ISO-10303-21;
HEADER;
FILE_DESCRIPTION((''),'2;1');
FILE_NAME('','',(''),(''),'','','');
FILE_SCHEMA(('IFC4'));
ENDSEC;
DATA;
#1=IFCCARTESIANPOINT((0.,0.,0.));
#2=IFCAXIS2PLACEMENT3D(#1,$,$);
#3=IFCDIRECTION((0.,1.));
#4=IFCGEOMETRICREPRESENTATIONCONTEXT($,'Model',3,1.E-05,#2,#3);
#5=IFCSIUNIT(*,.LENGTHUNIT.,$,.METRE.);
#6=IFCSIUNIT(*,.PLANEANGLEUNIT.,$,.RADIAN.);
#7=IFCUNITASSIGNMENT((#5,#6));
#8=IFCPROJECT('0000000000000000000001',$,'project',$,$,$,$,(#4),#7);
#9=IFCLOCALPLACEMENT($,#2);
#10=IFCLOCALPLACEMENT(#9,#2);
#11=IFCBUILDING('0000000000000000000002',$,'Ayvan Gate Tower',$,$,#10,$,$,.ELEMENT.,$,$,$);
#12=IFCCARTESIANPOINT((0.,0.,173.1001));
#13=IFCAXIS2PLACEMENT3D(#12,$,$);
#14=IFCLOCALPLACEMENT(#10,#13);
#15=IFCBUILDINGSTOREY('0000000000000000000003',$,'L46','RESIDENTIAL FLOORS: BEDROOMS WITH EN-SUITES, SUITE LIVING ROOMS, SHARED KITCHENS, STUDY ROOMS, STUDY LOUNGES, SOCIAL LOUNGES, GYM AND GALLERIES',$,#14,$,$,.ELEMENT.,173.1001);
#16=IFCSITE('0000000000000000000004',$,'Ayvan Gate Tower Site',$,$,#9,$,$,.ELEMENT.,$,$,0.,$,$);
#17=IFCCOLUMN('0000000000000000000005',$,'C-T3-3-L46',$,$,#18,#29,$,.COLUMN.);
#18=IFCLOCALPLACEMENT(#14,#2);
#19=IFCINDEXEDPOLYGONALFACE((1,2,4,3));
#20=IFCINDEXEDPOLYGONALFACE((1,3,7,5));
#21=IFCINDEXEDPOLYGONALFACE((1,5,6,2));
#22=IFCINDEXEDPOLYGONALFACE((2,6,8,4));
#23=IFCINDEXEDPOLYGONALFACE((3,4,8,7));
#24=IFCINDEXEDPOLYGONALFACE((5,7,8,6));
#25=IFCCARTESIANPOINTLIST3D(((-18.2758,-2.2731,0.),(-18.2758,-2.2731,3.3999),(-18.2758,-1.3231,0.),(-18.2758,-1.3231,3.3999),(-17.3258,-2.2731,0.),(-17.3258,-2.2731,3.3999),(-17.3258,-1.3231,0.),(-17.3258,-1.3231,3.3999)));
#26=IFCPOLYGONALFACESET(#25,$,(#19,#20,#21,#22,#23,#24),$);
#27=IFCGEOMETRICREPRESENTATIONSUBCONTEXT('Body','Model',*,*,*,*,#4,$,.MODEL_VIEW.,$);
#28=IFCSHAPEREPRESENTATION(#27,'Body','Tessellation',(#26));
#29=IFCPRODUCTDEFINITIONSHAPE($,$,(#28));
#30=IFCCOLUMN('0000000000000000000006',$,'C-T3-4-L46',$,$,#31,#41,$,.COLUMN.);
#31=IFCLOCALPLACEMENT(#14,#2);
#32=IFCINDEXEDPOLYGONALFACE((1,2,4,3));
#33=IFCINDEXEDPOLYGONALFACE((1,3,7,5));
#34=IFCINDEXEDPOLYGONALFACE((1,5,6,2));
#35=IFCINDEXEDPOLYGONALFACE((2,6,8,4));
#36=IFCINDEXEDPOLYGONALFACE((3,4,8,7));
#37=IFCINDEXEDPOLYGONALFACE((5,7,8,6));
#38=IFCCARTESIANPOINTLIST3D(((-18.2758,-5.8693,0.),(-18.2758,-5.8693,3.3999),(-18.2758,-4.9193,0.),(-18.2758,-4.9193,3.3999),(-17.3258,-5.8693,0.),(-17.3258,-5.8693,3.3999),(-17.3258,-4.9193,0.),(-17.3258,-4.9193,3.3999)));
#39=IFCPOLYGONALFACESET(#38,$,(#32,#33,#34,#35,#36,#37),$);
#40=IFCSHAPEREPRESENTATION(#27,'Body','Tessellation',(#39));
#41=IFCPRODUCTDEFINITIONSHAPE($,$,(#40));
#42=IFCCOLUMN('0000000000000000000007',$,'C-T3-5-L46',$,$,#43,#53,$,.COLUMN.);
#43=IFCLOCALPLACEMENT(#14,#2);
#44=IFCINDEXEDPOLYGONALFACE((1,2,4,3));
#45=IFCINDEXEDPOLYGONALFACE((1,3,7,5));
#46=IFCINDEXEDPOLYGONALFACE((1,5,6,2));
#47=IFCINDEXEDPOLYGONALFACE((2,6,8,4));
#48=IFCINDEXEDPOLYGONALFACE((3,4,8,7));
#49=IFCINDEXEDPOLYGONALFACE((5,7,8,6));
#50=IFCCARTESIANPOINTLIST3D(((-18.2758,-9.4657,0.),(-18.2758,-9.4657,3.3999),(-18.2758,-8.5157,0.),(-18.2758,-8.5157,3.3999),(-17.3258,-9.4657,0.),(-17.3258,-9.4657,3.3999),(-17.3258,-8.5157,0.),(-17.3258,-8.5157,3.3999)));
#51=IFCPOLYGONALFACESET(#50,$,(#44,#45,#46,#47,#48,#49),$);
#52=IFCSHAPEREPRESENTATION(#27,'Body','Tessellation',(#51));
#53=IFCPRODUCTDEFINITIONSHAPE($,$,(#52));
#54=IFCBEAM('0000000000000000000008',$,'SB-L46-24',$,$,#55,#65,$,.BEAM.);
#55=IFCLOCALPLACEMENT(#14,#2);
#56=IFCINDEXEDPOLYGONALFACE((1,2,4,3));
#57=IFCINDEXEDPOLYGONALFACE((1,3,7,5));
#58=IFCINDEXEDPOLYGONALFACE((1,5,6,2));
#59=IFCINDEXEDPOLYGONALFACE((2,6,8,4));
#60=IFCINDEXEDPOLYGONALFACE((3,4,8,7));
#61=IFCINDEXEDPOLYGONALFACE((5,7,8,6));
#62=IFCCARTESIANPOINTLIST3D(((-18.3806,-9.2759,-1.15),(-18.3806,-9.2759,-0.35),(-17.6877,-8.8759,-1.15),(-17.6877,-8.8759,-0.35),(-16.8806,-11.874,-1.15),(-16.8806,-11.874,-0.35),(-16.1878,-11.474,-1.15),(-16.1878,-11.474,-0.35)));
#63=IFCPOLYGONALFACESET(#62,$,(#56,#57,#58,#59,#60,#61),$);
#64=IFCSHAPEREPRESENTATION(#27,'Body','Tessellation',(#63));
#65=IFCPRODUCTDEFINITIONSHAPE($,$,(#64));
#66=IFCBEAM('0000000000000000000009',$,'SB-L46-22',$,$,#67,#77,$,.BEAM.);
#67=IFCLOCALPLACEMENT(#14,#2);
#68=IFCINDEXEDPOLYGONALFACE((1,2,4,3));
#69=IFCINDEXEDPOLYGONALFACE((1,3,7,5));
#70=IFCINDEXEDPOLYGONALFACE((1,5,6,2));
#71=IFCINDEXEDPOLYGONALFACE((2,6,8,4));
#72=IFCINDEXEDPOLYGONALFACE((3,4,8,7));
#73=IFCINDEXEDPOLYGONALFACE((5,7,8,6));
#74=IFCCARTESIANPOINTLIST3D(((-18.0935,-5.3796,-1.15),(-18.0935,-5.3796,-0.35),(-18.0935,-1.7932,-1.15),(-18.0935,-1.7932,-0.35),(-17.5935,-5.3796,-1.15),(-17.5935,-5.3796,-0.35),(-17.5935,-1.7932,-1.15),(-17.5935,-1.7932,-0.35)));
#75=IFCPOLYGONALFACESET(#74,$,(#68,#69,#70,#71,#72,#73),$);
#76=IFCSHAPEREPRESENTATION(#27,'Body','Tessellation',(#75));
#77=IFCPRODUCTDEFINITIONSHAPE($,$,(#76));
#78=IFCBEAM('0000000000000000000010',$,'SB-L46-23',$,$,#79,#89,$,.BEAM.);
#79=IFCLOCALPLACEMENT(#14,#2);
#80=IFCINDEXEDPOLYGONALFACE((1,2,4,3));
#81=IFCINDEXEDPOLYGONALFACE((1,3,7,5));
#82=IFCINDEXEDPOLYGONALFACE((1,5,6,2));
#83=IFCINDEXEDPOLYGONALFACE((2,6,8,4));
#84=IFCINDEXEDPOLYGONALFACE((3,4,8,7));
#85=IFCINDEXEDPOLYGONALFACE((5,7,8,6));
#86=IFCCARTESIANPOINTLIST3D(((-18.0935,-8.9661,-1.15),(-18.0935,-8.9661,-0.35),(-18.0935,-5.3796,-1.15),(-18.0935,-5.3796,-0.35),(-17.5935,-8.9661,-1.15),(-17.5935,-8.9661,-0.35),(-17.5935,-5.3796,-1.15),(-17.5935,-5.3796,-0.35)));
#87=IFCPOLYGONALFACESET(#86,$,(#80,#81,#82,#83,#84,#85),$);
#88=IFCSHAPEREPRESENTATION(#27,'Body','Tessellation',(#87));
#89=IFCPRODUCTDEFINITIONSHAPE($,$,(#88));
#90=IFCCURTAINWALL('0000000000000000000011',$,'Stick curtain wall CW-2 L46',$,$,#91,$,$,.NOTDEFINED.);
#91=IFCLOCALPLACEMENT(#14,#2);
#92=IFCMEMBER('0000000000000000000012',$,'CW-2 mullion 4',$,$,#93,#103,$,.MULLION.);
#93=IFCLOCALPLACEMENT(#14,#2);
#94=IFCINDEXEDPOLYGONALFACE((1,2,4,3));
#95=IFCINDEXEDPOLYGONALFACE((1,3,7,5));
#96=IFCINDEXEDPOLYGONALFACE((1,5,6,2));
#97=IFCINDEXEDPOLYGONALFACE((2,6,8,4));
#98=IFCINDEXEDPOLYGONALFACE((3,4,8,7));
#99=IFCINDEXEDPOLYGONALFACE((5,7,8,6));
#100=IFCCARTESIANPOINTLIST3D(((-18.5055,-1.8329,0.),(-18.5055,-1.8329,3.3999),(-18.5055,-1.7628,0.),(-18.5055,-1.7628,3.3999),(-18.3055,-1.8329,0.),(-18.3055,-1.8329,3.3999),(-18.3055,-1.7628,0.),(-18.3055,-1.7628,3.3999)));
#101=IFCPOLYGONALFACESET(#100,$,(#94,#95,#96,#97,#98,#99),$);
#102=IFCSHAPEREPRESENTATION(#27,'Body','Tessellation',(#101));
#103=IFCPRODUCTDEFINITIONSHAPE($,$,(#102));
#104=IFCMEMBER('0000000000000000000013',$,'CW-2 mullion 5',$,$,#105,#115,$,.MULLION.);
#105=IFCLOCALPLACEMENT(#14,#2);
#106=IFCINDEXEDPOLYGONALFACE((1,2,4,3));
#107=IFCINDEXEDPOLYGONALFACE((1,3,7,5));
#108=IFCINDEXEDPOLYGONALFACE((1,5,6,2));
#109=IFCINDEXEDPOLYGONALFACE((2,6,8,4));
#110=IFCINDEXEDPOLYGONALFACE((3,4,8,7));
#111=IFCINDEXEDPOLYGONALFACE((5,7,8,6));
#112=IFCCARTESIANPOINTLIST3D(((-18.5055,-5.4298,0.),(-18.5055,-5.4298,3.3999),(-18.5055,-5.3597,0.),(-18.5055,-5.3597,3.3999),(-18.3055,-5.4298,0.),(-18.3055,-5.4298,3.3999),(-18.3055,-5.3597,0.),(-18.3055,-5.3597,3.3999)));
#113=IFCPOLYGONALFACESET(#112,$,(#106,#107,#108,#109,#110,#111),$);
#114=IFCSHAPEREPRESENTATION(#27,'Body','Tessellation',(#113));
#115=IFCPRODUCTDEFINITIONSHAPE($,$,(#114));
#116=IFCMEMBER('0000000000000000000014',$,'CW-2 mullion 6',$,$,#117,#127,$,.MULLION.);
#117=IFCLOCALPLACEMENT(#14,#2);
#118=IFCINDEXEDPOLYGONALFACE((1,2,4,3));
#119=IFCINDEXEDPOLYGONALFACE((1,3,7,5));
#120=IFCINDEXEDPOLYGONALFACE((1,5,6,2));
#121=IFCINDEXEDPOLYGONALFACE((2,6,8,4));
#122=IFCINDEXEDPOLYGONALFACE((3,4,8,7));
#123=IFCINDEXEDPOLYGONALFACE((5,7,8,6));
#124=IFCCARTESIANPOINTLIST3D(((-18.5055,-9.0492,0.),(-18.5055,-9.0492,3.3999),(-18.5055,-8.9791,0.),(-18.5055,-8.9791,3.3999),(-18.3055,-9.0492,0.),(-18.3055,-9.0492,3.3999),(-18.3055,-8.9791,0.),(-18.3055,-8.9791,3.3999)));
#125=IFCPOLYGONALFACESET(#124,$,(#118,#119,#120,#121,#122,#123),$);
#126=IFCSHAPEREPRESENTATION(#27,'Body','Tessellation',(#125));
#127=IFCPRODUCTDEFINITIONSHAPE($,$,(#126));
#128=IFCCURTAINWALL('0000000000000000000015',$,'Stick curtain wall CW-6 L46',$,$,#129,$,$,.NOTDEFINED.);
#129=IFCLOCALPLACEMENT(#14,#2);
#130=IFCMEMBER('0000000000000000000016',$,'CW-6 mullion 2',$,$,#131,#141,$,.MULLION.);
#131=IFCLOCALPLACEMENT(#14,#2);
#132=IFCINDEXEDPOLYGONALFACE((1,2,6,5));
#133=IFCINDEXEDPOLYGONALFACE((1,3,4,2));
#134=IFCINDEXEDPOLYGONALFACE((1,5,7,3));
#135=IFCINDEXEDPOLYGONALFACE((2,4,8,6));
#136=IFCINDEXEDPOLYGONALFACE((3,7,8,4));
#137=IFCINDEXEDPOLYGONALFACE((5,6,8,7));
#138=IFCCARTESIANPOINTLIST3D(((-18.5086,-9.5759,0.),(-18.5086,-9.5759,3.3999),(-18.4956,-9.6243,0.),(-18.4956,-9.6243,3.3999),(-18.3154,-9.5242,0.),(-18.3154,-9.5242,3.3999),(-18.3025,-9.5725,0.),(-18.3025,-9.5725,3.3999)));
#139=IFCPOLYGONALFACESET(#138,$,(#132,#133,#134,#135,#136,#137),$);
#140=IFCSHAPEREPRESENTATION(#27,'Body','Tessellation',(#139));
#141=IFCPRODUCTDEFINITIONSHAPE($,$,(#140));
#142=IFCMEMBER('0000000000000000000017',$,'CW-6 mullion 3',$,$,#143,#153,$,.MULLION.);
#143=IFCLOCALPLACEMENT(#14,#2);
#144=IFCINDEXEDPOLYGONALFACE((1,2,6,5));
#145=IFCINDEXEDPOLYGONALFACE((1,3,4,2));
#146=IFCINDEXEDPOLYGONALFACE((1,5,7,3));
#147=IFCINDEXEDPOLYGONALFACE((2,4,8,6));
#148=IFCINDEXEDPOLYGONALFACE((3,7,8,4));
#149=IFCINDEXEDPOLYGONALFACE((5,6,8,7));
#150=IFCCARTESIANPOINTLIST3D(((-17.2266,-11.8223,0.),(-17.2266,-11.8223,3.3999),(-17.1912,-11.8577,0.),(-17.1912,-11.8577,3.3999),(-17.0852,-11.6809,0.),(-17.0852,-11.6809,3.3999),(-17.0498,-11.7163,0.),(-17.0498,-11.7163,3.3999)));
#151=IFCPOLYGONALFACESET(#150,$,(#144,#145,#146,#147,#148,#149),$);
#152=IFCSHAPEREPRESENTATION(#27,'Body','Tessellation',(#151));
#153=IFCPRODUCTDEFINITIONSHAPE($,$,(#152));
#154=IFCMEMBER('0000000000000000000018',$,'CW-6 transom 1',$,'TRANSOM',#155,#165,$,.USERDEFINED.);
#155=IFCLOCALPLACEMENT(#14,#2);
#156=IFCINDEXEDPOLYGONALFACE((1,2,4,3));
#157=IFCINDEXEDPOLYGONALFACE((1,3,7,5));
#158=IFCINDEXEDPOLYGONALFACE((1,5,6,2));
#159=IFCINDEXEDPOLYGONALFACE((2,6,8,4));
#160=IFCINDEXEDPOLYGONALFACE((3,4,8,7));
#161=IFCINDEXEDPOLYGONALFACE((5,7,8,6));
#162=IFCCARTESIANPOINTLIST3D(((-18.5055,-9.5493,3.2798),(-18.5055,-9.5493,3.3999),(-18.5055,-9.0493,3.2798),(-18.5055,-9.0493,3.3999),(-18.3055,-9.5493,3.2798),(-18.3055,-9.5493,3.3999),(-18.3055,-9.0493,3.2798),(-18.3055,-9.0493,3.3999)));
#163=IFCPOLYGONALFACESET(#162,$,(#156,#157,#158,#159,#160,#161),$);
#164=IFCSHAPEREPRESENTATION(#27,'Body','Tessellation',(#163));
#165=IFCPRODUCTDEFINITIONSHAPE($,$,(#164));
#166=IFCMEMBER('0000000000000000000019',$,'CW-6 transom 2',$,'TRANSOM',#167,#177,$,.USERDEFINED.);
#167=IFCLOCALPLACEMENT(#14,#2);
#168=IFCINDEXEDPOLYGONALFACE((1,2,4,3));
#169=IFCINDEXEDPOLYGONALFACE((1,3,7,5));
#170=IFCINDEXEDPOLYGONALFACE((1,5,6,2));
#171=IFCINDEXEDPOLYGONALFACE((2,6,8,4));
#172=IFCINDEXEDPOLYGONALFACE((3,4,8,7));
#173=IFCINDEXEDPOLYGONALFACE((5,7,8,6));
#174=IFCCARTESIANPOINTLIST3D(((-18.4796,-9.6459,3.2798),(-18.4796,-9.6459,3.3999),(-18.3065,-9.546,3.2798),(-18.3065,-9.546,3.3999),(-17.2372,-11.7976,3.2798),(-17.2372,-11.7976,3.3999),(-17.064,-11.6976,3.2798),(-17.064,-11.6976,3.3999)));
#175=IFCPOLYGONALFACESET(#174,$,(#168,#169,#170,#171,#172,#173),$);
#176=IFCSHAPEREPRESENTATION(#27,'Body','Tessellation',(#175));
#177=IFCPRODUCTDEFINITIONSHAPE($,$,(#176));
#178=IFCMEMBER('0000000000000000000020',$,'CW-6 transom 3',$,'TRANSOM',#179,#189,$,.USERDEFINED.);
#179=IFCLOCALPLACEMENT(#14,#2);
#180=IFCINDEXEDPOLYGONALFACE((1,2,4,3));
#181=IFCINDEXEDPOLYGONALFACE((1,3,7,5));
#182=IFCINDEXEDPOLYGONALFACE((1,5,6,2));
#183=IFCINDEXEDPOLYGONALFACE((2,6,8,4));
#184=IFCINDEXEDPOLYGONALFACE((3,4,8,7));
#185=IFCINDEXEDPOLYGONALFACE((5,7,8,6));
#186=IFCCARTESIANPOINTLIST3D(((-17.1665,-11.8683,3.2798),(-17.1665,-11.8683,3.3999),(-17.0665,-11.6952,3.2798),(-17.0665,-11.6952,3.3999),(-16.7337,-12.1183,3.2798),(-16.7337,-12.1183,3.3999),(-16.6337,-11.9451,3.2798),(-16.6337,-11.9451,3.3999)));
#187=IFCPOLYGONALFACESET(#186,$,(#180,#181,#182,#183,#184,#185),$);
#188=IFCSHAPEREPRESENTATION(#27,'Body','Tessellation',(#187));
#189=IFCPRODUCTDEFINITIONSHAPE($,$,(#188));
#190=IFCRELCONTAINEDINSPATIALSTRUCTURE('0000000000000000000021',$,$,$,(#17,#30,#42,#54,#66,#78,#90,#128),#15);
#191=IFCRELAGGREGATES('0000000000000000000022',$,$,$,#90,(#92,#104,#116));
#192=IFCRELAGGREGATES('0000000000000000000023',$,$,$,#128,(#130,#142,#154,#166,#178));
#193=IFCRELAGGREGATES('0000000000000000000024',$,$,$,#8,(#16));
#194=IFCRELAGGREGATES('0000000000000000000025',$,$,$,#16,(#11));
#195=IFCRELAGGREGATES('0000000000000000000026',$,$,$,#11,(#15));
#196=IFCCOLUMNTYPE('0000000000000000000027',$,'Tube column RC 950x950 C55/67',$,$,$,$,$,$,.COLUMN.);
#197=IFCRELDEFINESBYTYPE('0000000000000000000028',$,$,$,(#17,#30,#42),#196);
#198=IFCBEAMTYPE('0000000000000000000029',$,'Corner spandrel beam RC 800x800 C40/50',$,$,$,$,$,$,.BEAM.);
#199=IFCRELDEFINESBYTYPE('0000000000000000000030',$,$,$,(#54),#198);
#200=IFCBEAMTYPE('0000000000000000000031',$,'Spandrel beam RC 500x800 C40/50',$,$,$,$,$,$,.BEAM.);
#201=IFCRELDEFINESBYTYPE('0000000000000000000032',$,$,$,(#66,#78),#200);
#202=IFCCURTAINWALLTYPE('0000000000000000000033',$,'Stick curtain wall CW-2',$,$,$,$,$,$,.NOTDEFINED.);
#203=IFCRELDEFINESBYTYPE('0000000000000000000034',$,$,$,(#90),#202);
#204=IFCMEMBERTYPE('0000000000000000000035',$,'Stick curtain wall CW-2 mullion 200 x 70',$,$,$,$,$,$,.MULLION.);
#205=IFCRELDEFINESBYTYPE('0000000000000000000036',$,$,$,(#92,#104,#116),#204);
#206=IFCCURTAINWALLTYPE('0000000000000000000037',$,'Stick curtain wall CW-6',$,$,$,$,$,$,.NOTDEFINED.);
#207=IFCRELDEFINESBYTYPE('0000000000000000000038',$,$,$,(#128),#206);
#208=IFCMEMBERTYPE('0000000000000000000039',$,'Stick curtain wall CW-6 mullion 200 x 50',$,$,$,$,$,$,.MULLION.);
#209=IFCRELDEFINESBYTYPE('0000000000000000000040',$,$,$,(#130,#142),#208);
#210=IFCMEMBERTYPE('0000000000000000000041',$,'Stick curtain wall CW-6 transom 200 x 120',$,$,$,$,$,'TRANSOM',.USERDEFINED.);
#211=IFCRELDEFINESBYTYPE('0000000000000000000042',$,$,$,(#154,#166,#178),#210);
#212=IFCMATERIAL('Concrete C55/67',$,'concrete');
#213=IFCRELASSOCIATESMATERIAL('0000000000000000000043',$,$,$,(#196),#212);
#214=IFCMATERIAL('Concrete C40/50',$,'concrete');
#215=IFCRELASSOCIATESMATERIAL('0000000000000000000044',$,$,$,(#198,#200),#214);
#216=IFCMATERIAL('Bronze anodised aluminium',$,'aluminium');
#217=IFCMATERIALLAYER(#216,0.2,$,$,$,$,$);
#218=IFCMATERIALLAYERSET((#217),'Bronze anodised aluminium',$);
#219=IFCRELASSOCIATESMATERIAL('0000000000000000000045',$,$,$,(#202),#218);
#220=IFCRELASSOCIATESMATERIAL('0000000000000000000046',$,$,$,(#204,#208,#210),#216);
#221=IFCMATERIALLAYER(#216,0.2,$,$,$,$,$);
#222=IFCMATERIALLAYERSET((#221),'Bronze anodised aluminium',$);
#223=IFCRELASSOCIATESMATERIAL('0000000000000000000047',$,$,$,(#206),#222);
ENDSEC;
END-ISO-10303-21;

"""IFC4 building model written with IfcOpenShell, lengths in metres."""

from ifc_helpers import new_model, si_unit, direction, frame, origin, origin_2d, place, context, subcontext, project, spatial, rectangle, extrude, material, layer, layer_set, material_profile, profile_set, type_object, element, aggregate, save


model = new_model("IFC4")

# Units and contexts
model_context = context("Model", 3, precision=1e-05, world=origin(), true_north=direction((0.0, 1.0)))
body_context = subcontext(model_context, "Body", "Model", "MODEL_VIEW")
ifc_project = project(units=[si_unit("LENGTHUNIT", "METRE"), si_unit("PLANEANGLEUNIT", "RADIAN")], contexts=[model_context])

# Site, building, storey
site_placement = place(None, origin())
site = spatial("IfcSite", under=ifc_project, at=site_placement, Name="Ayvan Gate Tower Site", CompositionType="ELEMENT", RefElevation=0.0)
building_placement = place(site_placement, origin())
building = spatial("IfcBuilding", under=site, at=building_placement, Name="Ayvan Gate Tower", CompositionType="ELEMENT")
storey_placement = place(building_placement, frame((0.0, 0.0, 173.1001)))
storey = spatial("IfcBuildingStorey", under=building, at=storey_placement, Name="L46", Description="RESIDENTIAL FLOORS: BEDROOMS WITH EN-SUITES, SUITE LIVING ROOMS, SHARED KITCHENS, STUDY ROOMS, STUDY LOUNGES, SOCIAL LOUNGES, GYM AND GALLERIES", CompositionType="ELEMENT", Elevation=173.1001)

# Columns
ifc_material_1 = material(Name="Concrete C55/67", Category="concrete")
ifc_material_profile_1 = material_profile(ifc_material_1, rectangle(XDim=0.95, YDim=0.95, at=origin_2d()), Name="RC 950x950")
ifc_profile_set_1 = profile_set([ifc_material_profile_1], Name="Concrete C55/67")
column_type = type_object("IfcColumnType", Name="Tube column RC 950x950 C55/67", PredefinedType="COLUMN", material=ifc_profile_set_1)
for number, where, z_axis, x_axis, name in (
    (1, (-17.8008, -1.7981, 0.0), (0.0, 0.0, 1.0), (-1.0, 0.0, 0.0), "C-T3-3-L46"),
    (2, (-17.8008, -5.3943, 0.0), (0.0, 0.0, 1.0), (-1.0, 0.0, 0.0), "C-T3-4-L46"),
    (3, (-17.8008, -8.9907, 0.0), (0.0, 0.0, 1.0), (-1.0, 0.0, 0.0), "C-T3-5-L46"),
):
    element("IfcColumn", number, at=place(storey_placement, frame(where, z_axis=z_axis, x_axis=x_axis)), inside=storey, type_object=column_type, Name=name, PredefinedType="COLUMN", context=body_context, shape_type="SweptSolid", body=[
        extrude(rectangle(XDim=0.95, YDim=0.95, at=origin_2d()), origin(), (0.0, 0.0, 1.0), 3.3999),
    ])

# Beams
ifc_material_2 = material(Name="Concrete C40/50", Category="concrete")
ifc_material_profile_2 = material_profile(ifc_material_2, rectangle(XDim=0.8, YDim=0.8, at=origin_2d()), Name="RC 800x800")
ifc_profile_set_2 = profile_set([ifc_material_profile_2], Name="Concrete C40/50")
beam_type_1 = type_object("IfcBeamType", Name="Corner spandrel beam RC 800x800 C40/50", PredefinedType="BEAM", material=ifc_profile_set_2)
beam_placement = place(storey_placement, frame((-18.0342, -9.0759, -0.75), z_axis=(0.49999, -0.866031, 0.0), x_axis=(0.866031, 0.49999, 0.0)))
element("IfcBeam", 4, at=beam_placement, inside=storey, type_object=beam_type_1, Name="SB-L46-24", PredefinedType="BEAM", context=body_context, shape_type="SweptSolid", body=[
    extrude(rectangle(XDim=0.8, YDim=0.8, at=origin_2d()), origin(), (0.0, 0.0, 1.0), 3.0),
])
ifc_material_profile_3 = material_profile(ifc_material_2, rectangle(XDim=0.5, YDim=0.8, at=origin_2d()), Name="RC 500x800")
ifc_profile_set_3 = profile_set([ifc_material_profile_3], Name="Concrete C40/50")
beam_type_2 = type_object("IfcBeamType", Name="Spandrel beam RC 500x800 C40/50", PredefinedType="BEAM", material=ifc_profile_set_3)
for number, where, z_axis, x_axis, name in (
    (5, (-17.8435, -1.7932, -0.75), (0.0, -1.0, 0.0), (1.0, 0.0, 0.0), "SB-L46-22"),
    (6, (-17.8435, -5.3796, -0.75), (0.0, -1.0, 0.0), (1.0, 0.0, 0.0), "SB-L46-23"),
):
    element("IfcBeam", number, at=place(storey_placement, frame(where, z_axis=z_axis, x_axis=x_axis)), inside=storey, type_object=beam_type_2, Name=name, PredefinedType="BEAM", context=body_context, shape_type="SweptSolid", body=[
        extrude(rectangle(XDim=0.5, YDim=0.8, at=origin_2d()), origin(), (0.0, 0.0, 1.0), 3.5864),
    ])

# Curtain walls, members
ifc_material_3 = material(Name="Bronze anodised aluminium", Category="aluminium")
ifc_layer_1 = layer(ifc_material_3, 0.2)
ifc_layer_set_1 = layer_set([ifc_layer_1], Name="Bronze anodised aluminium")
curtain_wall_type_1 = type_object("IfcCurtainWallType", Name="Stick curtain wall CW-2", PredefinedType="NOTDEFINED", material=ifc_layer_set_1)
curtain_wall_1_placement = place(storey_placement, origin())
curtain_wall_1 = element("IfcCurtainWall", 7, at=curtain_wall_1_placement, inside=storey, type_object=curtain_wall_type_1, Name="Stick curtain wall CW-2 L46", PredefinedType="NOTDEFINED")
ifc_material_profile_4 = material_profile(ifc_material_3, rectangle(XDim=0.2, YDim=0.0701, at=origin_2d()), Name="Stick curtain wall CW-2 mullion 200 x 70")
ifc_profile_set_4 = profile_set([ifc_material_profile_4], Name="Bronze anodised aluminium")
member_type_1 = type_object("IfcMemberType", Name="Stick curtain wall CW-2 mullion 200 x 70", PredefinedType="MULLION", material=ifc_profile_set_4)
member_1_placement = place(storey_placement, frame((-18.4055, -1.7979, 0.0), z_axis=(0.0, 0.0, 1.0), x_axis=(-1.0, 0.0, 0.0)))
member_1 = element("IfcMember", 8, at=member_1_placement, type_object=member_type_1, Name="CW-2 mullion 4", PredefinedType="MULLION", context=body_context, shape_type="SweptSolid", body=[
    extrude(rectangle(XDim=0.2, YDim=0.0701, at=origin_2d()), origin(), (0.0, 0.0, 1.0), 3.3999),
])
member_2_placement = place(storey_placement, frame((-18.4055, -5.3948, 0.0), z_axis=(0.0, 0.0, 1.0), x_axis=(-1.0, 0.0, 0.0)))
member_2 = element("IfcMember", 9, at=member_2_placement, type_object=member_type_1, Name="CW-2 mullion 5", PredefinedType="MULLION", context=body_context, shape_type="SweptSolid", body=[
    extrude(rectangle(XDim=0.2, YDim=0.0701, at=origin_2d()), origin(), (0.0, 0.0, 1.0), 3.3999),
])
member_3_placement = place(storey_placement, frame((-18.4055, -9.0142, 0.0), z_axis=(0.0, 0.0, 1.0), x_axis=(-1.0, 0.0, 0.0)))
member_3 = element("IfcMember", 10, at=member_3_placement, type_object=member_type_1, Name="CW-2 mullion 6", PredefinedType="MULLION", context=body_context, shape_type="SweptSolid", body=[
    extrude(rectangle(XDim=0.2, YDim=0.0701, at=origin_2d()), origin(), (0.0, 0.0, 1.0), 3.3999),
])
ifc_layer_2 = layer(ifc_material_3, 0.2)
ifc_layer_set_2 = layer_set([ifc_layer_2], Name="Bronze anodised aluminium")
curtain_wall_type_2 = type_object("IfcCurtainWallType", Name="Stick curtain wall CW-6", PredefinedType="NOTDEFINED", material=ifc_layer_set_2)
curtain_wall_2_placement = place(storey_placement, origin())
curtain_wall_2 = element("IfcCurtainWall", 11, at=curtain_wall_2_placement, inside=storey, type_object=curtain_wall_type_2, Name="Stick curtain wall CW-6 L46", PredefinedType="NOTDEFINED")
ifc_material_profile_5 = material_profile(ifc_material_3, rectangle(XDim=0.2, YDim=0.05, at=origin_2d()), Name="Stick curtain wall CW-6 mullion 200 x 50")
ifc_profile_set_5 = profile_set([ifc_material_profile_5], Name="Bronze anodised aluminium")
member_type_2 = type_object("IfcMemberType", Name="Stick curtain wall CW-6 mullion 200 x 50", PredefinedType="MULLION", material=ifc_profile_set_5)
member_4_placement = place(storey_placement, frame((-18.4055, -9.5742, 0.0), z_axis=(0.0, 0.0, 1.0), x_axis=(-0.965926, -0.258819, 0.0)))
member_4 = element("IfcMember", 12, at=member_4_placement, type_object=member_type_2, Name="CW-6 mullion 2", PredefinedType="MULLION", context=body_context, shape_type="SweptSolid", body=[
    extrude(rectangle(XDim=0.2, YDim=0.05, at=origin_2d()), origin(), (0.0, 0.0, 1.0), 3.3999),
])
member_5_placement = place(storey_placement, frame((-17.1382, -11.7693, 0.0), z_axis=(0.0, 0.0, 1.0), x_axis=(-0.707107, -0.707107, 0.0)))
member_5 = element("IfcMember", 13, at=member_5_placement, type_object=member_type_2, Name="CW-6 mullion 3", PredefinedType="MULLION", context=body_context, shape_type="SweptSolid", body=[
    extrude(rectangle(XDim=0.2, YDim=0.05, at=origin_2d()), origin(), (0.0, 0.0, 1.0), 3.3999),
])
ifc_material_profile_6 = material_profile(ifc_material_3, rectangle(XDim=0.2, YDim=0.1201, at=origin_2d()), Name="Stick curtain wall CW-6 transom 200 x 120")
ifc_profile_set_6 = profile_set([ifc_material_profile_6], Name="Bronze anodised aluminium")
member_type_3 = type_object("IfcMemberType", Name="Stick curtain wall CW-6 transom 200 x 120", ElementType="TRANSOM", PredefinedType="USERDEFINED", material=ifc_profile_set_6)
member_6_placement = place(storey_placement, frame((-18.4055, -9.0493, 3.3398), z_axis=(0.0, -1.0, 0.0), x_axis=(1.0, 0.0, 0.0)))
member_6 = element("IfcMember", 14, at=member_6_placement, type_object=member_type_3, Name="CW-6 transom 1", ObjectType="TRANSOM", PredefinedType="USERDEFINED", context=body_context, shape_type="SweptSolid", body=[
    extrude(rectangle(XDim=0.2, YDim=0.1201, at=origin_2d()), origin(), (0.0, 0.0, 1.0), 0.5),
])
member_7_placement = place(storey_placement, frame((-18.3931, -9.5959, 3.3398), z_axis=(0.50006, -0.865991, 0.0), x_axis=(0.865991, 0.50006, 0.0)))
member_7 = element("IfcMember", 15, at=member_7_placement, type_object=member_type_3, Name="CW-6 transom 2", ObjectType="TRANSOM", PredefinedType="USERDEFINED", context=body_context, shape_type="SweptSolid", body=[
    extrude(rectangle(XDim=0.2, YDim=0.1201, at=origin_2d()), origin(), (0.0, 0.0, 1.0), 2.4846),
])
member_8_placement = place(storey_placement, frame((-17.1165, -11.7817, 3.3398), z_axis=(0.86595, -0.500131, 0.0), x_axis=(0.500131, 0.86595, 0.0)))
member_8 = element("IfcMember", 16, at=member_8_placement, type_object=member_type_3, Name="CW-6 transom 3", ObjectType="TRANSOM", PredefinedType="USERDEFINED", context=body_context, shape_type="SweptSolid", body=[
    extrude(rectangle(XDim=0.2, YDim=0.1201, at=origin_2d()), origin(), (0.0, 0.0, 1.0), 0.4998),
])

aggregate(curtain_wall_1, [member_1, member_2, member_3])
aggregate(curtain_wall_2, [member_4, member_5, member_6, member_7, member_8])

save(model, "model.ifc")
